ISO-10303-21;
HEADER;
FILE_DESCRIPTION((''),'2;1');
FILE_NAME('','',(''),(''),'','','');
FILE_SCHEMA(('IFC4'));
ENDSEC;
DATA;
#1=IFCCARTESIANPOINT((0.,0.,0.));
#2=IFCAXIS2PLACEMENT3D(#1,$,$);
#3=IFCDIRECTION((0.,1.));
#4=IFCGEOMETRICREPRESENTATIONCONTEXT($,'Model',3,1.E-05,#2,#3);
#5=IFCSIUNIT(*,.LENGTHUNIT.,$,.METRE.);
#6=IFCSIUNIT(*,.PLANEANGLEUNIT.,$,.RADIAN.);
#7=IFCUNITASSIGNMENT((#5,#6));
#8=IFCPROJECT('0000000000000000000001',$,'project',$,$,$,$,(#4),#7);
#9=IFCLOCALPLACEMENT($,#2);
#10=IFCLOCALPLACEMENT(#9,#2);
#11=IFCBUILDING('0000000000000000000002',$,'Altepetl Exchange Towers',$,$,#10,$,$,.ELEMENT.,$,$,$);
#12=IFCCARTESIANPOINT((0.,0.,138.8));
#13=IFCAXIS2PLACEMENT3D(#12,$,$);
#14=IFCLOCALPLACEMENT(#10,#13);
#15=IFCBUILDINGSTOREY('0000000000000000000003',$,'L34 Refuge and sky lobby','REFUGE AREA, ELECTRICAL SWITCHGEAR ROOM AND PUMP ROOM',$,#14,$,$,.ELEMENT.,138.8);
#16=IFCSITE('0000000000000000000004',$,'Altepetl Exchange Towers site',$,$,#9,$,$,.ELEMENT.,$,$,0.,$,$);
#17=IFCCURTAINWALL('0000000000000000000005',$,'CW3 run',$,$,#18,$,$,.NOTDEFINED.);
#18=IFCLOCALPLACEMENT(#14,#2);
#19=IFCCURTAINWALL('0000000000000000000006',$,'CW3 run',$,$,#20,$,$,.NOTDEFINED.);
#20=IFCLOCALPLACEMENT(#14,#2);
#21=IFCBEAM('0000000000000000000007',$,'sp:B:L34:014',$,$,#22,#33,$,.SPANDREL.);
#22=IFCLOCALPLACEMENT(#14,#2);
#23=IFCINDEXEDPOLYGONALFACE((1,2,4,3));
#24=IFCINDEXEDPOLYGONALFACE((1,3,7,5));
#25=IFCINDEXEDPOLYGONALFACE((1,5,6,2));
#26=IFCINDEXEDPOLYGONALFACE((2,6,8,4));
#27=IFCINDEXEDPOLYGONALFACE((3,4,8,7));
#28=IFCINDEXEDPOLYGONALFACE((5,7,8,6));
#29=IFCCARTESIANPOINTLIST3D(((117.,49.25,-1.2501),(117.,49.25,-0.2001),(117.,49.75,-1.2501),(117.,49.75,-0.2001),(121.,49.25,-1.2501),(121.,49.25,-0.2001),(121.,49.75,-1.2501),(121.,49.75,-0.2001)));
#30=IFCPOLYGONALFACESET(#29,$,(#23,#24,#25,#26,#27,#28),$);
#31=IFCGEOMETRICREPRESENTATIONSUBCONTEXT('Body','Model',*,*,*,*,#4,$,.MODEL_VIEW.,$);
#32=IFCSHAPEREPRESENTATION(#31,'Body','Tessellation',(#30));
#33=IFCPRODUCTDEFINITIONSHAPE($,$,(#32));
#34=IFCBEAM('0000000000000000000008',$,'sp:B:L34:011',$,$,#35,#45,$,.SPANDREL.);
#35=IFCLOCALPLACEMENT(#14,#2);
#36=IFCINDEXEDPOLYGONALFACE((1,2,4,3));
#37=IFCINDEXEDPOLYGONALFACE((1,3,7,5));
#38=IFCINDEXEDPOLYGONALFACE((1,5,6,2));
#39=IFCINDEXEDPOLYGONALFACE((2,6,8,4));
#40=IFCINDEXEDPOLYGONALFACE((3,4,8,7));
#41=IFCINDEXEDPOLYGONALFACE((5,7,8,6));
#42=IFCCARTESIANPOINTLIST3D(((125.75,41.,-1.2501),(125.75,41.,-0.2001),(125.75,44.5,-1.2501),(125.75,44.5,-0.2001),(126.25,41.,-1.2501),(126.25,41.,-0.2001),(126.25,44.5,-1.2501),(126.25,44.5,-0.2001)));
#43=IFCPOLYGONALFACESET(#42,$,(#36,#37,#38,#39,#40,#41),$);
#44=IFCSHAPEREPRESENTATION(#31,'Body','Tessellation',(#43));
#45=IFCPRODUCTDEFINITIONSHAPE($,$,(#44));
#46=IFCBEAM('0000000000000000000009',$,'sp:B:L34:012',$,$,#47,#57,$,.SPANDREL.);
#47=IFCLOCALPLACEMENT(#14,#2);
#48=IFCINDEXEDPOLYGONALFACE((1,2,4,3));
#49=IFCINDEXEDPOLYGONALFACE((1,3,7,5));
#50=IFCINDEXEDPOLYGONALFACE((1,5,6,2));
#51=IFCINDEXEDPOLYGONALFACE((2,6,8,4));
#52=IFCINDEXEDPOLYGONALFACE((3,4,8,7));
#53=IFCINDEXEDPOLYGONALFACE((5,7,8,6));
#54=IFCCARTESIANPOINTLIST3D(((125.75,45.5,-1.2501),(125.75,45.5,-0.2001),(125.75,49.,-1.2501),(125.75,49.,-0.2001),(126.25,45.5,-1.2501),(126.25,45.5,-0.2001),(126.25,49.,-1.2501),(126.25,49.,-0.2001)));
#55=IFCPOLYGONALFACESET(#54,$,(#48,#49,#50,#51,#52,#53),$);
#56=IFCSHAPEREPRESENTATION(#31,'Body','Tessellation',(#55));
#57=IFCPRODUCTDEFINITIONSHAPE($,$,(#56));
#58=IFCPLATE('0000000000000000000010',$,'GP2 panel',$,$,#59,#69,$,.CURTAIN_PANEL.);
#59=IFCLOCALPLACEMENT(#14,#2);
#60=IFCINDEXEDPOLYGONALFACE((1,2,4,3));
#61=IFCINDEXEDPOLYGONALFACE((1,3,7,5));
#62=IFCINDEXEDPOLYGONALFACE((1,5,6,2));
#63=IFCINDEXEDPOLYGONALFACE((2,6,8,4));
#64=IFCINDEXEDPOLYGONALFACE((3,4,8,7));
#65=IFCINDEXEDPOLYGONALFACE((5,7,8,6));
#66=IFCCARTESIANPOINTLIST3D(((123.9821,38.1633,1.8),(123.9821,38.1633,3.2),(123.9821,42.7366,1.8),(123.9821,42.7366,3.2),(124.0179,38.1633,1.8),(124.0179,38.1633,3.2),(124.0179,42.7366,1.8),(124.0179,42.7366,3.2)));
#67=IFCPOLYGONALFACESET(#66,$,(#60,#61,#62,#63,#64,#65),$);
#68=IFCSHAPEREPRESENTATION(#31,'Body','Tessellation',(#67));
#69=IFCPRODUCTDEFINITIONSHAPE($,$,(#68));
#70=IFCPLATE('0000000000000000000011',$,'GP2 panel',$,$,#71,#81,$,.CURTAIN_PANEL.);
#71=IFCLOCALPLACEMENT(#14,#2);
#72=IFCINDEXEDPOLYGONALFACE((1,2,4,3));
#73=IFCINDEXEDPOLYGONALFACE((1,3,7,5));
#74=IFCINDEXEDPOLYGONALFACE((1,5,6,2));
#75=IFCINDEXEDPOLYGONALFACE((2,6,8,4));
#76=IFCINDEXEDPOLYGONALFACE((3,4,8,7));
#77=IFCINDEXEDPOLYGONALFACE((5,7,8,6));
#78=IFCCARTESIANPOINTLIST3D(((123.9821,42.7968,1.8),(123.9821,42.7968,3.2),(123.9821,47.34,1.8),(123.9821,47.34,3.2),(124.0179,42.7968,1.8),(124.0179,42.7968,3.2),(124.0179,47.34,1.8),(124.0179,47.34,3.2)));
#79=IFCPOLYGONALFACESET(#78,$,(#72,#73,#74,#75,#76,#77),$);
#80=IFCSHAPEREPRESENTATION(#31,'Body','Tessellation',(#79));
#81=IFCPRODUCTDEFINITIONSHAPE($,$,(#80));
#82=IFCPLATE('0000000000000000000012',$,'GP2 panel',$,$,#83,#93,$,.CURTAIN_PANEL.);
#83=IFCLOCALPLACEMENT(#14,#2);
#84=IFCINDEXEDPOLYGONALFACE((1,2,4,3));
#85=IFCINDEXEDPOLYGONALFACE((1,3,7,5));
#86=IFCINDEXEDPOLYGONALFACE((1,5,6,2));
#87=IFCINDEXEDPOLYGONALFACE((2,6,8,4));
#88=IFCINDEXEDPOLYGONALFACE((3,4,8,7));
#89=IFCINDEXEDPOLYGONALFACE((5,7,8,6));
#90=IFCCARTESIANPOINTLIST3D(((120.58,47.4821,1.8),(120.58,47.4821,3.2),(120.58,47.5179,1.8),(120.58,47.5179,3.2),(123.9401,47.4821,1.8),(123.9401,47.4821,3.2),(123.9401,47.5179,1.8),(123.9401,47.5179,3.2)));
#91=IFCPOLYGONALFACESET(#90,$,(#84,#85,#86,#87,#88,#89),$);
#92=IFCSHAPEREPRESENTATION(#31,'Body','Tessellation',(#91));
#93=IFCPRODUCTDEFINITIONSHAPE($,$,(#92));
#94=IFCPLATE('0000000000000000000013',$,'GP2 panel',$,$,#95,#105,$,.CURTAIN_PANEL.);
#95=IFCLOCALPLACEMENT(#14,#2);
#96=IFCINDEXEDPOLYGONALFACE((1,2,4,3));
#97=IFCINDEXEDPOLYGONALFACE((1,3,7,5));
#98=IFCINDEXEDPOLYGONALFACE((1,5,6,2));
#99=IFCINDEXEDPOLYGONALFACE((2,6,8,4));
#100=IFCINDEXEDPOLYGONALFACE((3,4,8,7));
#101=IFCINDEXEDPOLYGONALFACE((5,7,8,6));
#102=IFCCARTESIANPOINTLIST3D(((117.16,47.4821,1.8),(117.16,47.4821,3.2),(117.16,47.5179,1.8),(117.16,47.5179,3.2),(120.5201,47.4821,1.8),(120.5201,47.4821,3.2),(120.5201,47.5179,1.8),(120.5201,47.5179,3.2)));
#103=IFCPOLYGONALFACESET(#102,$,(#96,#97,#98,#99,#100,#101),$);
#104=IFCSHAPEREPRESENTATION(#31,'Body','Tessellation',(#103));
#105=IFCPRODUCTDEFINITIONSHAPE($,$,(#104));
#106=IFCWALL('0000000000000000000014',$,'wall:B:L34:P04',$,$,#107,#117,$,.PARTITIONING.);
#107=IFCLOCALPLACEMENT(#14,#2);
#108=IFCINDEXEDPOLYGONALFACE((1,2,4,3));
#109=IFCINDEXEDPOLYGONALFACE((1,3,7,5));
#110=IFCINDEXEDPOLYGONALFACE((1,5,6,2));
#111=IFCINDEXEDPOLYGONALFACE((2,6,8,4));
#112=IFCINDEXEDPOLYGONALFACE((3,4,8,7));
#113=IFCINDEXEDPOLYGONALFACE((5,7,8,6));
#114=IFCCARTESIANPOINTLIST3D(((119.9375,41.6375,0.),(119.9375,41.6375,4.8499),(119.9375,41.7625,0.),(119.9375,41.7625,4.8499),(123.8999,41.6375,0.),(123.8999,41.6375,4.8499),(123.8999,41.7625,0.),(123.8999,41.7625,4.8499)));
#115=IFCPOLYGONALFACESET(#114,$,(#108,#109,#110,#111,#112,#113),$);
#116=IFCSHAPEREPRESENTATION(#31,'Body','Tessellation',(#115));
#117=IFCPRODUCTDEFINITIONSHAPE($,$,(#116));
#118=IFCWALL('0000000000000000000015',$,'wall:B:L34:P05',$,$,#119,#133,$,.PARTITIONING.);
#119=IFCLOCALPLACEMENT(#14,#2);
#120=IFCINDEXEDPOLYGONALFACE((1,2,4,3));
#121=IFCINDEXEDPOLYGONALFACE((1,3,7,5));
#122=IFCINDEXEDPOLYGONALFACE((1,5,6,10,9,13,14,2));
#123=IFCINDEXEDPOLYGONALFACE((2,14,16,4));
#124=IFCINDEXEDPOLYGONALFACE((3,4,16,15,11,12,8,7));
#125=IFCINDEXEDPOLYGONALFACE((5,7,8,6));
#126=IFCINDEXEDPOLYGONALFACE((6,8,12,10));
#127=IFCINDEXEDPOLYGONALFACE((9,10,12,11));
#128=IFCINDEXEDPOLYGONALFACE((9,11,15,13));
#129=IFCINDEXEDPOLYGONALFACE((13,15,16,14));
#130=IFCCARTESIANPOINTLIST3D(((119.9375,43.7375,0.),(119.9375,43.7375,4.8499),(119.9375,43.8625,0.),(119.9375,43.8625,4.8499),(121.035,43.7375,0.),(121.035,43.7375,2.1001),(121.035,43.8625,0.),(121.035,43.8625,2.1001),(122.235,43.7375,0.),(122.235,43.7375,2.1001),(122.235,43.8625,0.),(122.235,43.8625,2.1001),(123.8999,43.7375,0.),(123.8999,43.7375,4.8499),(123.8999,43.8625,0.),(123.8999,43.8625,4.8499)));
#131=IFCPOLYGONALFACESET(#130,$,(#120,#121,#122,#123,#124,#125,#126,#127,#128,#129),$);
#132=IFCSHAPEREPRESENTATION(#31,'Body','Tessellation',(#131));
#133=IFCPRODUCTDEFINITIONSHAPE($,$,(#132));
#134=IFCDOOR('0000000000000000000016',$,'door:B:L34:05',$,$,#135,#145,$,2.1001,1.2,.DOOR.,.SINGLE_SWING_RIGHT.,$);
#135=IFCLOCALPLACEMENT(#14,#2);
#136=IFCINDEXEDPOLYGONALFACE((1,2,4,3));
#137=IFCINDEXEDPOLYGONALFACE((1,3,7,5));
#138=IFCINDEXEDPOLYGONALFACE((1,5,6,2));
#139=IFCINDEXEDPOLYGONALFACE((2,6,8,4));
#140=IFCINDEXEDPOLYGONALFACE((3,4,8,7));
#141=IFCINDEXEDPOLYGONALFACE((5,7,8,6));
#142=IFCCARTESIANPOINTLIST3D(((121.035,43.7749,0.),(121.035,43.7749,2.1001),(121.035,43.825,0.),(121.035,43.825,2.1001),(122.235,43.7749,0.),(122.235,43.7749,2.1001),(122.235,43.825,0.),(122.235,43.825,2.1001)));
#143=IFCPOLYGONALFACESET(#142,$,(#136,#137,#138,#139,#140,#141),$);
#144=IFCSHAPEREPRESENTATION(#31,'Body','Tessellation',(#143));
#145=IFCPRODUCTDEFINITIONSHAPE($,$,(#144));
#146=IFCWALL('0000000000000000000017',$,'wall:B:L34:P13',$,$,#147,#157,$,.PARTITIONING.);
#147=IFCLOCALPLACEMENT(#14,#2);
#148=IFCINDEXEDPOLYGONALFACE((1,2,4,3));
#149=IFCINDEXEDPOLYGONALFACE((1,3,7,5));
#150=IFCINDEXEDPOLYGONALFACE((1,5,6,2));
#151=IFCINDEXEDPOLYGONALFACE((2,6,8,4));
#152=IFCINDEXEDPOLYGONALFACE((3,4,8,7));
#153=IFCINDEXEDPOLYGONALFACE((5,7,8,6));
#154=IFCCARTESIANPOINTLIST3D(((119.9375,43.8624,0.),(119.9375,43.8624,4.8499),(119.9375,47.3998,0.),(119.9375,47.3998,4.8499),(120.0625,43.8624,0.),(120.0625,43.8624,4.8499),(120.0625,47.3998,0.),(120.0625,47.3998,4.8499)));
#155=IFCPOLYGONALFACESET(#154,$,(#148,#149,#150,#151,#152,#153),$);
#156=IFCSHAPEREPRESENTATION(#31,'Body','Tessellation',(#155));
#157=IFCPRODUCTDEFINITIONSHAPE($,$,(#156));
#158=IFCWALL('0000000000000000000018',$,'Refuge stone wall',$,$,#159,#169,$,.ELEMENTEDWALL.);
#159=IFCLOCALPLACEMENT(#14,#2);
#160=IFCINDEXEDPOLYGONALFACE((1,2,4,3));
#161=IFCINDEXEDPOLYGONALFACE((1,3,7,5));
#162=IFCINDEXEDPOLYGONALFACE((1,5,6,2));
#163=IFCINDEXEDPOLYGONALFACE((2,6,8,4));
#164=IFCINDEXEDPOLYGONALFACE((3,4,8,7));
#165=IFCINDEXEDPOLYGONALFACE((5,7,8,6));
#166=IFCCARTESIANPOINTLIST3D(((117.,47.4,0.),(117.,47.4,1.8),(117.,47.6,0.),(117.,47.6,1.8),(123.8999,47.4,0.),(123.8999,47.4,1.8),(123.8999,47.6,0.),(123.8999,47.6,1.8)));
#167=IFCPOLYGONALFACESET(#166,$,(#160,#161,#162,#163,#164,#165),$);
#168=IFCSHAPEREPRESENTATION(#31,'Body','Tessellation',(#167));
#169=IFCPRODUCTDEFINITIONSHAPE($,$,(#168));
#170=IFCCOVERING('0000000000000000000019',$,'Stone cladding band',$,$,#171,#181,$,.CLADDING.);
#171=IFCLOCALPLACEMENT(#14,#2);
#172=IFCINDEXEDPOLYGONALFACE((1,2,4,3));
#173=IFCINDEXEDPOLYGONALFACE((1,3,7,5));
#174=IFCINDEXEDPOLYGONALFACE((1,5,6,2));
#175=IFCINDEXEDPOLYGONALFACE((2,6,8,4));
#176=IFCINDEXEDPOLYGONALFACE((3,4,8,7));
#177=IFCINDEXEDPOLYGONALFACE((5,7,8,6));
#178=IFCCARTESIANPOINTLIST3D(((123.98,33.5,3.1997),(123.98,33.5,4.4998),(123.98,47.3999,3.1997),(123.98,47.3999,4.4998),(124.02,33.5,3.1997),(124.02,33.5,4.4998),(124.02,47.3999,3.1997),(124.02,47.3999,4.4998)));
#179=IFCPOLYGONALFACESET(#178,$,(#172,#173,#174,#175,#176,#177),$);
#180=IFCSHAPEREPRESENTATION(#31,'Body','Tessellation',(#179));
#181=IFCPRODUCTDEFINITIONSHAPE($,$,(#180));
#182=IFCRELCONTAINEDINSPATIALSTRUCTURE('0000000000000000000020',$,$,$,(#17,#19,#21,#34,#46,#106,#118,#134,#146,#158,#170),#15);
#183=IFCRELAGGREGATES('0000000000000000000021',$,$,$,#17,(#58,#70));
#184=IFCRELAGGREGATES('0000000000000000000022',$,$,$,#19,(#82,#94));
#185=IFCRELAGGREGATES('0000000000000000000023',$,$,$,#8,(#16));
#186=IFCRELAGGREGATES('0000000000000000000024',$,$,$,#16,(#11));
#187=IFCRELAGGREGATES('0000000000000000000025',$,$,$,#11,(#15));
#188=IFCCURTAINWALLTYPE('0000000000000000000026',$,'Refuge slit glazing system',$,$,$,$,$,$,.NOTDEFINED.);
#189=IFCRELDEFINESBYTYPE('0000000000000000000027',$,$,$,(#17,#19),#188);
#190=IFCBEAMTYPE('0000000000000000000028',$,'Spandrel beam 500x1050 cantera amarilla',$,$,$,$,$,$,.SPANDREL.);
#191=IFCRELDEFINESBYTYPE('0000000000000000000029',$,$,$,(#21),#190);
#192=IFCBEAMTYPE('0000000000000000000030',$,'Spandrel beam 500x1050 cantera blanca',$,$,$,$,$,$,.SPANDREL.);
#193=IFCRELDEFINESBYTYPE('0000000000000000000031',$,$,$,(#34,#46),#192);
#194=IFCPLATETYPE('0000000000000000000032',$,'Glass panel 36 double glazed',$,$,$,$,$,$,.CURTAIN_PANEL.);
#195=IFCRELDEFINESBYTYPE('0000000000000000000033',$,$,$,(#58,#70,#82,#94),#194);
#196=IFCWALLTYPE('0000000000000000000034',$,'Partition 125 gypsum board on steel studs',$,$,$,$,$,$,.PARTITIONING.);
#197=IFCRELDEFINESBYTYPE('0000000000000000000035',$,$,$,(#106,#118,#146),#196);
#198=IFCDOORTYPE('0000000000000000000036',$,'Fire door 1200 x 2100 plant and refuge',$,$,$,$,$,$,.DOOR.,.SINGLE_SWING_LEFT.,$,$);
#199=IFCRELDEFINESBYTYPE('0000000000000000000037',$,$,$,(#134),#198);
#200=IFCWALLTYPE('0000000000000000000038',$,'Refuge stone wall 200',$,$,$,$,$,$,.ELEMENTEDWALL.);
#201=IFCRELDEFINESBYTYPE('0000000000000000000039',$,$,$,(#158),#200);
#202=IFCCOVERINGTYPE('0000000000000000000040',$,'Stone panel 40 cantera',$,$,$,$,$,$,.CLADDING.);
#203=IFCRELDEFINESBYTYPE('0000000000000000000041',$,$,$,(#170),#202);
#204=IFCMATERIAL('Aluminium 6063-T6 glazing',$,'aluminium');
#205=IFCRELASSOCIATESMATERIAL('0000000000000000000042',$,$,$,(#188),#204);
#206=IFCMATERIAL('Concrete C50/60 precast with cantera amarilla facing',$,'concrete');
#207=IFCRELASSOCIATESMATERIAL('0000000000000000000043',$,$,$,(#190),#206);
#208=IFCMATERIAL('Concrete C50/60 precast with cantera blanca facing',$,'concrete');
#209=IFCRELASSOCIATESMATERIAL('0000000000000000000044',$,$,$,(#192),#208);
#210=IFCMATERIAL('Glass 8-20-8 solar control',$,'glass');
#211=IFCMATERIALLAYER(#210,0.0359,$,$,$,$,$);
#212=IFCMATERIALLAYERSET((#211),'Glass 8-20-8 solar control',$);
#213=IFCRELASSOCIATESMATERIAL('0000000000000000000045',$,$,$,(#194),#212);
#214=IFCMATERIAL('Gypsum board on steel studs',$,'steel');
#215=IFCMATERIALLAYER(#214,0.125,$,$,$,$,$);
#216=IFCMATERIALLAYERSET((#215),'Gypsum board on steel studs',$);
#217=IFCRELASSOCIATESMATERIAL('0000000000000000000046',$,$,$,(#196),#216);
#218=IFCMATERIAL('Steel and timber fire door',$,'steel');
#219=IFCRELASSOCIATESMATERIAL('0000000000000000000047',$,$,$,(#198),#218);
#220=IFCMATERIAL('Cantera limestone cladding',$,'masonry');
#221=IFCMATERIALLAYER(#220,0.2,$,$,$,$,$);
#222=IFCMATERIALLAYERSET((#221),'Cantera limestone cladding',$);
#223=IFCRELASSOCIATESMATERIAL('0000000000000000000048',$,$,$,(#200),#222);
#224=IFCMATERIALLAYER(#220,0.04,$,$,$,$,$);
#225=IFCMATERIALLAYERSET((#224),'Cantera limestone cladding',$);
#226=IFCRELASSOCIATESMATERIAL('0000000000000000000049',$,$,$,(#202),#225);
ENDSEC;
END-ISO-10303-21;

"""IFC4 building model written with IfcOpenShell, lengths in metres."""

from ifc_helpers import new_model, si_unit, direction, frame, frame_2d, origin, origin_2d, place, context, subcontext, project, spatial, rectangle, extrude, material, layer, layer_set, material_profile, profile_set, type_object, element, fill, aggregate, save


model = new_model("IFC4")

# Units and contexts
model_context = context("Model", 3, precision=1e-05, world=origin(), true_north=direction((0.0, 1.0)))
body_context = subcontext(model_context, "Body", "Model", "MODEL_VIEW")
ifc_project = project(units=[si_unit("LENGTHUNIT", "METRE"), si_unit("PLANEANGLEUNIT", "RADIAN")], contexts=[model_context])

# Site, building, storey
site_placement = place(None, origin())
site = spatial("IfcSite", under=ifc_project, at=site_placement, Name="Altepetl Exchange Towers site", CompositionType="ELEMENT", RefElevation=0.0)
building_placement = place(site_placement, origin())
building = spatial("IfcBuilding", under=site, at=building_placement, Name="Altepetl Exchange Towers", CompositionType="ELEMENT")
storey_placement = place(building_placement, frame((0.0, 0.0, 138.8)))
storey = spatial("IfcBuildingStorey", under=building, at=storey_placement, Name="L34 Refuge and sky lobby", Description="REFUGE AREA, ELECTRICAL SWITCHGEAR ROOM AND PUMP ROOM", CompositionType="ELEMENT", Elevation=138.8)

# Curtain walls
ifc_material_1 = material(Name="Aluminium 6063-T6 glazing", Category="aluminium")
curtain_wall_type = type_object("IfcCurtainWallType", Name="Refuge slit glazing system", PredefinedType="NOTDEFINED", material=ifc_material_1)
curtain_wall_1_placement = place(storey_placement, origin())
curtain_wall_1 = element("IfcCurtainWall", 1, at=curtain_wall_1_placement, inside=storey, type_object=curtain_wall_type, Name="CW3 run", PredefinedType="NOTDEFINED")
curtain_wall_2_placement = place(storey_placement, origin())
curtain_wall_2 = element("IfcCurtainWall", 2, at=curtain_wall_2_placement, inside=storey, type_object=curtain_wall_type, Name="CW3 run", PredefinedType="NOTDEFINED")

# Beams
ifc_material_2 = material(Name="Concrete C50/60 precast with cantera amarilla facing", Category="concrete")
ifc_material_profile_1 = material_profile(ifc_material_2, rectangle(XDim=0.5, YDim=1.05, at=origin_2d()), Name="500 x 1050")
ifc_profile_set_1 = profile_set([ifc_material_profile_1], Name="Concrete C50/60 precast with cantera amarilla facing")
beam_type_1 = type_object("IfcBeamType", Name="Spandrel beam 500x1050 cantera amarilla", PredefinedType="SPANDREL", material=ifc_profile_set_1)
beam_1_placement = place(storey_placement, frame((121.0, 49.5, -0.7251), z_axis=(-1.0, 0.0, 0.0), x_axis=(0.0, -1.0, 0.0)))
element("IfcBeam", 3, at=beam_1_placement, inside=storey, type_object=beam_type_1, Name="sp:B:L34:014", PredefinedType="SPANDREL", context=body_context, shape_type="SweptSolid", body=[
    extrude(rectangle(XDim=0.5, YDim=1.05, at=origin_2d()), origin(), (0.0, 0.0, 1.0), 4.0),
])
ifc_material_3 = material(Name="Concrete C50/60 precast with cantera blanca facing", Category="concrete")
ifc_material_profile_2 = material_profile(ifc_material_3, rectangle(XDim=0.5, YDim=1.05, at=origin_2d()), Name="500 x 1050")
ifc_profile_set_2 = profile_set([ifc_material_profile_2], Name="Concrete C50/60 precast with cantera blanca facing")
beam_type_2 = type_object("IfcBeamType", Name="Spandrel beam 500x1050 cantera blanca", PredefinedType="SPANDREL", material=ifc_profile_set_2)
for number, where, z_axis, x_axis, name in (
    (4, (126.0, 41.0, -0.7251), (0.0, 1.0, 0.0), (-1.0, 0.0, 0.0), "sp:B:L34:011"),
    (5, (126.0, 45.5, -0.7251), (0.0, 1.0, 0.0), (-1.0, 0.0, 0.0), "sp:B:L34:012"),
):
    element("IfcBeam", number, at=place(storey_placement, frame(where, z_axis=z_axis, x_axis=x_axis)), inside=storey, type_object=beam_type_2, Name=name, PredefinedType="SPANDREL", context=body_context, shape_type="SweptSolid", body=[
        extrude(rectangle(XDim=0.5, YDim=1.05, at=origin_2d()), origin(), (0.0, 0.0, 1.0), 3.5),
    ])

# Plates
ifc_material_4 = material(Name="Glass 8-20-8 solar control", Category="glass")
ifc_layer_1 = layer(ifc_material_4, 0.0359)
ifc_layer_set_1 = layer_set([ifc_layer_1], Name="Glass 8-20-8 solar control")
plate_type = type_object("IfcPlateType", Name="Glass panel 36 double glazed", PredefinedType="CURTAIN_PANEL", material=ifc_layer_set_1)
plate_1_placement = place(storey_placement, frame((124.0, 40.45, 1.8), z_axis=(0.0, 0.0, 1.0), x_axis=(0.0, 1.0, 0.0)))
plate_1 = element("IfcPlate", 6, at=plate_1_placement, type_object=plate_type, Name="GP2 panel", PredefinedType="CURTAIN_PANEL", context=body_context, shape_type="SweptSolid", body=[
    extrude(rectangle(XDim=4.5732, YDim=0.0359, at=origin_2d()), origin(), (0.0, 0.0, 1.0), 1.3999),
])
plate_2_placement = place(storey_placement, frame((124.0, 45.0684, 1.8), z_axis=(0.0, 0.0, 1.0), x_axis=(0.0, 1.0, 0.0)))
plate_2 = element("IfcPlate", 7, at=plate_2_placement, type_object=plate_type, Name="GP2 panel", PredefinedType="CURTAIN_PANEL", context=body_context, shape_type="SweptSolid", body=[
    extrude(rectangle(XDim=4.5432, YDim=0.0359, at=origin_2d()), origin(), (0.0, 0.0, 1.0), 1.3999),
])
aggregate(curtain_wall_1, [plate_1, plate_2])
plate_3_placement = place(storey_placement, frame((122.26, 47.5, 1.8), z_axis=(0.0, 0.0, 1.0), x_axis=(-1.0, 0.0, 0.0)))
plate_3 = element("IfcPlate", 8, at=plate_3_placement, type_object=plate_type, Name="GP2 panel", PredefinedType="CURTAIN_PANEL", context=body_context, shape_type="SweptSolid", body=[
    extrude(rectangle(XDim=3.3601, YDim=0.0359, at=origin_2d()), origin(), (0.0, 0.0, 1.0), 1.3999),
])
plate_4_placement = place(storey_placement, frame((118.8401, 47.5, 1.8), z_axis=(0.0, 0.0, 1.0), x_axis=(-1.0, 0.0, 0.0)))
plate_4 = element("IfcPlate", 9, at=plate_4_placement, type_object=plate_type, Name="GP2 panel", PredefinedType="CURTAIN_PANEL", context=body_context, shape_type="SweptSolid", body=[
    extrude(rectangle(XDim=3.3601, YDim=0.0359, at=origin_2d()), origin(), (0.0, 0.0, 1.0), 1.3999),
])
aggregate(curtain_wall_2, [plate_3, plate_4])

# Wall
ifc_material_5 = material(Name="Gypsum board on steel studs", Category="steel")
ifc_layer_2 = layer(ifc_material_5, 0.125)
ifc_layer_set_2 = layer_set([ifc_layer_2], Name="Gypsum board on steel studs")
wall_type_1 = type_object("IfcWallType", Name="Partition 125 gypsum board on steel studs", PredefinedType="PARTITIONING", material=ifc_layer_set_2)
wall_1_placement = place(storey_placement, frame((119.9375, 41.7, 0.0)))
element("IfcWall", 10, at=wall_1_placement, inside=storey, type_object=wall_type_1, Name="wall:B:L34:P04", PredefinedType="PARTITIONING", context=body_context, shape_type="SweptSolid", body=[
    extrude(rectangle(XDim=3.9624, YDim=0.125, at=frame_2d((1.9812, 0.0))), origin(), (0.0, 0.0, 1.0), 4.8499),
])

# Wall, opening, door
wall_2_placement = place(storey_placement, frame((119.9375, 43.8, 0.0)))
wall_2 = element("IfcWall", 11, at=wall_2_placement, inside=storey, type_object=wall_type_1, Name="wall:B:L34:P05", PredefinedType="PARTITIONING", context=body_context, shape_type="SweptSolid", body=[
    extrude(rectangle(XDim=3.9624, YDim=0.125, at=frame_2d((1.9812, 0.0))), origin(), (0.0, 0.0, 1.0), 4.8499),
])
opening_placement = place(wall_2_placement, frame((1.0974, 0.0, 0.0)))
opening = element("IfcOpeningElement", 12, at=opening_placement, cuts=wall_2, PredefinedType="OPENING", context=body_context, shape_type="SweptSolid", body=[
    extrude(rectangle(XDim=1.2, YDim=2.1001, at=frame_2d((0.6001, 1.05))), frame((0.0, 0.0725, 0.0), z_axis=(0.0, -1.0, 0.0), x_axis=(1.0, 0.0, 0.0)), (0.0, 0.0, 1.0), 0.145),
])
ifc_material_6 = material(Name="Steel and timber fire door", Category="steel")
door_type = type_object("IfcDoorType", Name="Fire door 1200 x 2100 plant and refuge", OperationType="SINGLE_SWING_LEFT", PredefinedType="DOOR", material=ifc_material_6)
door_placement = place(opening_placement, origin())
door = element("IfcDoor", 13, at=door_placement, inside=storey, type_object=door_type, Name="door:B:L34:05", OperationType="SINGLE_SWING_RIGHT", OverallHeight=2.1001, OverallWidth=1.2, PredefinedType="DOOR", context=body_context, shape_type="SweptSolid", body=[
    extrude(rectangle(XDim=1.2, YDim=2.1001, at=frame_2d((0.6001, 1.05))), frame((0.0, 0.0249, 0.0), z_axis=(0.0, -1.0, 0.0), x_axis=(1.0, 0.0, 0.0)), (0.0, 0.0, 1.0), 0.05),
])
fill(opening, door)

# Walls
wall_3_placement = place(storey_placement, frame((120.0, 43.8625, 0.0), z_axis=(0.0, 0.0, 1.0), x_axis=(0.0, 1.0, 0.0)))
element("IfcWall", 14, at=wall_3_placement, inside=storey, type_object=wall_type_1, Name="wall:B:L34:P13", PredefinedType="PARTITIONING", context=body_context, shape_type="SweptSolid", body=[
    extrude(rectangle(XDim=3.5374, YDim=0.125, at=frame_2d((1.7686, 0.0))), origin(), (0.0, 0.0, 1.0), 4.8499),
])
ifc_material_7 = material(Name="Cantera limestone cladding", Category="masonry")
ifc_layer_3 = layer(ifc_material_7, 0.2)
ifc_layer_set_3 = layer_set([ifc_layer_3], Name="Cantera limestone cladding")
wall_type_2 = type_object("IfcWallType", Name="Refuge stone wall 200", PredefinedType="ELEMENTEDWALL", material=ifc_layer_set_3)
wall_4_placement = place(storey_placement, frame((123.8999, 47.5, 0.0), z_axis=(0.0, 0.0, 1.0), x_axis=(-1.0, 0.0, 0.0)))
element("IfcWall", 15, at=wall_4_placement, inside=storey, type_object=wall_type_2, Name="Refuge stone wall", PredefinedType="ELEMENTEDWALL", context=body_context, shape_type="SweptSolid", body=[
    extrude(rectangle(XDim=6.8999, YDim=0.2, at=frame_2d((3.45, 0.0))), origin(), (0.0, 0.0, 1.0), 1.8),
])

# Covering
ifc_layer_4 = layer(ifc_material_7, 0.04)
ifc_layer_set_4 = layer_set([ifc_layer_4], Name="Cantera limestone cladding")
covering_type = type_object("IfcCoveringType", Name="Stone panel 40 cantera", PredefinedType="CLADDING", material=ifc_layer_set_4)
covering_1_placement = place(storey_placement, frame((124.0, 40.45, 3.1997), z_axis=(0.0, 0.0, 1.0), x_axis=(0.0, 1.0, 0.0)))
element("IfcCovering", 16, at=covering_1_placement, inside=storey, type_object=covering_type, Name="Stone cladding band", PredefinedType="CLADDING", context=body_context, shape_type="SweptSolid", body=[
    extrude(rectangle(XDim=13.8999, YDim=0.04, at=origin_2d()), origin(), (0.0, 0.0, 1.0), 1.3),
])

save(model, "model.ifc")
